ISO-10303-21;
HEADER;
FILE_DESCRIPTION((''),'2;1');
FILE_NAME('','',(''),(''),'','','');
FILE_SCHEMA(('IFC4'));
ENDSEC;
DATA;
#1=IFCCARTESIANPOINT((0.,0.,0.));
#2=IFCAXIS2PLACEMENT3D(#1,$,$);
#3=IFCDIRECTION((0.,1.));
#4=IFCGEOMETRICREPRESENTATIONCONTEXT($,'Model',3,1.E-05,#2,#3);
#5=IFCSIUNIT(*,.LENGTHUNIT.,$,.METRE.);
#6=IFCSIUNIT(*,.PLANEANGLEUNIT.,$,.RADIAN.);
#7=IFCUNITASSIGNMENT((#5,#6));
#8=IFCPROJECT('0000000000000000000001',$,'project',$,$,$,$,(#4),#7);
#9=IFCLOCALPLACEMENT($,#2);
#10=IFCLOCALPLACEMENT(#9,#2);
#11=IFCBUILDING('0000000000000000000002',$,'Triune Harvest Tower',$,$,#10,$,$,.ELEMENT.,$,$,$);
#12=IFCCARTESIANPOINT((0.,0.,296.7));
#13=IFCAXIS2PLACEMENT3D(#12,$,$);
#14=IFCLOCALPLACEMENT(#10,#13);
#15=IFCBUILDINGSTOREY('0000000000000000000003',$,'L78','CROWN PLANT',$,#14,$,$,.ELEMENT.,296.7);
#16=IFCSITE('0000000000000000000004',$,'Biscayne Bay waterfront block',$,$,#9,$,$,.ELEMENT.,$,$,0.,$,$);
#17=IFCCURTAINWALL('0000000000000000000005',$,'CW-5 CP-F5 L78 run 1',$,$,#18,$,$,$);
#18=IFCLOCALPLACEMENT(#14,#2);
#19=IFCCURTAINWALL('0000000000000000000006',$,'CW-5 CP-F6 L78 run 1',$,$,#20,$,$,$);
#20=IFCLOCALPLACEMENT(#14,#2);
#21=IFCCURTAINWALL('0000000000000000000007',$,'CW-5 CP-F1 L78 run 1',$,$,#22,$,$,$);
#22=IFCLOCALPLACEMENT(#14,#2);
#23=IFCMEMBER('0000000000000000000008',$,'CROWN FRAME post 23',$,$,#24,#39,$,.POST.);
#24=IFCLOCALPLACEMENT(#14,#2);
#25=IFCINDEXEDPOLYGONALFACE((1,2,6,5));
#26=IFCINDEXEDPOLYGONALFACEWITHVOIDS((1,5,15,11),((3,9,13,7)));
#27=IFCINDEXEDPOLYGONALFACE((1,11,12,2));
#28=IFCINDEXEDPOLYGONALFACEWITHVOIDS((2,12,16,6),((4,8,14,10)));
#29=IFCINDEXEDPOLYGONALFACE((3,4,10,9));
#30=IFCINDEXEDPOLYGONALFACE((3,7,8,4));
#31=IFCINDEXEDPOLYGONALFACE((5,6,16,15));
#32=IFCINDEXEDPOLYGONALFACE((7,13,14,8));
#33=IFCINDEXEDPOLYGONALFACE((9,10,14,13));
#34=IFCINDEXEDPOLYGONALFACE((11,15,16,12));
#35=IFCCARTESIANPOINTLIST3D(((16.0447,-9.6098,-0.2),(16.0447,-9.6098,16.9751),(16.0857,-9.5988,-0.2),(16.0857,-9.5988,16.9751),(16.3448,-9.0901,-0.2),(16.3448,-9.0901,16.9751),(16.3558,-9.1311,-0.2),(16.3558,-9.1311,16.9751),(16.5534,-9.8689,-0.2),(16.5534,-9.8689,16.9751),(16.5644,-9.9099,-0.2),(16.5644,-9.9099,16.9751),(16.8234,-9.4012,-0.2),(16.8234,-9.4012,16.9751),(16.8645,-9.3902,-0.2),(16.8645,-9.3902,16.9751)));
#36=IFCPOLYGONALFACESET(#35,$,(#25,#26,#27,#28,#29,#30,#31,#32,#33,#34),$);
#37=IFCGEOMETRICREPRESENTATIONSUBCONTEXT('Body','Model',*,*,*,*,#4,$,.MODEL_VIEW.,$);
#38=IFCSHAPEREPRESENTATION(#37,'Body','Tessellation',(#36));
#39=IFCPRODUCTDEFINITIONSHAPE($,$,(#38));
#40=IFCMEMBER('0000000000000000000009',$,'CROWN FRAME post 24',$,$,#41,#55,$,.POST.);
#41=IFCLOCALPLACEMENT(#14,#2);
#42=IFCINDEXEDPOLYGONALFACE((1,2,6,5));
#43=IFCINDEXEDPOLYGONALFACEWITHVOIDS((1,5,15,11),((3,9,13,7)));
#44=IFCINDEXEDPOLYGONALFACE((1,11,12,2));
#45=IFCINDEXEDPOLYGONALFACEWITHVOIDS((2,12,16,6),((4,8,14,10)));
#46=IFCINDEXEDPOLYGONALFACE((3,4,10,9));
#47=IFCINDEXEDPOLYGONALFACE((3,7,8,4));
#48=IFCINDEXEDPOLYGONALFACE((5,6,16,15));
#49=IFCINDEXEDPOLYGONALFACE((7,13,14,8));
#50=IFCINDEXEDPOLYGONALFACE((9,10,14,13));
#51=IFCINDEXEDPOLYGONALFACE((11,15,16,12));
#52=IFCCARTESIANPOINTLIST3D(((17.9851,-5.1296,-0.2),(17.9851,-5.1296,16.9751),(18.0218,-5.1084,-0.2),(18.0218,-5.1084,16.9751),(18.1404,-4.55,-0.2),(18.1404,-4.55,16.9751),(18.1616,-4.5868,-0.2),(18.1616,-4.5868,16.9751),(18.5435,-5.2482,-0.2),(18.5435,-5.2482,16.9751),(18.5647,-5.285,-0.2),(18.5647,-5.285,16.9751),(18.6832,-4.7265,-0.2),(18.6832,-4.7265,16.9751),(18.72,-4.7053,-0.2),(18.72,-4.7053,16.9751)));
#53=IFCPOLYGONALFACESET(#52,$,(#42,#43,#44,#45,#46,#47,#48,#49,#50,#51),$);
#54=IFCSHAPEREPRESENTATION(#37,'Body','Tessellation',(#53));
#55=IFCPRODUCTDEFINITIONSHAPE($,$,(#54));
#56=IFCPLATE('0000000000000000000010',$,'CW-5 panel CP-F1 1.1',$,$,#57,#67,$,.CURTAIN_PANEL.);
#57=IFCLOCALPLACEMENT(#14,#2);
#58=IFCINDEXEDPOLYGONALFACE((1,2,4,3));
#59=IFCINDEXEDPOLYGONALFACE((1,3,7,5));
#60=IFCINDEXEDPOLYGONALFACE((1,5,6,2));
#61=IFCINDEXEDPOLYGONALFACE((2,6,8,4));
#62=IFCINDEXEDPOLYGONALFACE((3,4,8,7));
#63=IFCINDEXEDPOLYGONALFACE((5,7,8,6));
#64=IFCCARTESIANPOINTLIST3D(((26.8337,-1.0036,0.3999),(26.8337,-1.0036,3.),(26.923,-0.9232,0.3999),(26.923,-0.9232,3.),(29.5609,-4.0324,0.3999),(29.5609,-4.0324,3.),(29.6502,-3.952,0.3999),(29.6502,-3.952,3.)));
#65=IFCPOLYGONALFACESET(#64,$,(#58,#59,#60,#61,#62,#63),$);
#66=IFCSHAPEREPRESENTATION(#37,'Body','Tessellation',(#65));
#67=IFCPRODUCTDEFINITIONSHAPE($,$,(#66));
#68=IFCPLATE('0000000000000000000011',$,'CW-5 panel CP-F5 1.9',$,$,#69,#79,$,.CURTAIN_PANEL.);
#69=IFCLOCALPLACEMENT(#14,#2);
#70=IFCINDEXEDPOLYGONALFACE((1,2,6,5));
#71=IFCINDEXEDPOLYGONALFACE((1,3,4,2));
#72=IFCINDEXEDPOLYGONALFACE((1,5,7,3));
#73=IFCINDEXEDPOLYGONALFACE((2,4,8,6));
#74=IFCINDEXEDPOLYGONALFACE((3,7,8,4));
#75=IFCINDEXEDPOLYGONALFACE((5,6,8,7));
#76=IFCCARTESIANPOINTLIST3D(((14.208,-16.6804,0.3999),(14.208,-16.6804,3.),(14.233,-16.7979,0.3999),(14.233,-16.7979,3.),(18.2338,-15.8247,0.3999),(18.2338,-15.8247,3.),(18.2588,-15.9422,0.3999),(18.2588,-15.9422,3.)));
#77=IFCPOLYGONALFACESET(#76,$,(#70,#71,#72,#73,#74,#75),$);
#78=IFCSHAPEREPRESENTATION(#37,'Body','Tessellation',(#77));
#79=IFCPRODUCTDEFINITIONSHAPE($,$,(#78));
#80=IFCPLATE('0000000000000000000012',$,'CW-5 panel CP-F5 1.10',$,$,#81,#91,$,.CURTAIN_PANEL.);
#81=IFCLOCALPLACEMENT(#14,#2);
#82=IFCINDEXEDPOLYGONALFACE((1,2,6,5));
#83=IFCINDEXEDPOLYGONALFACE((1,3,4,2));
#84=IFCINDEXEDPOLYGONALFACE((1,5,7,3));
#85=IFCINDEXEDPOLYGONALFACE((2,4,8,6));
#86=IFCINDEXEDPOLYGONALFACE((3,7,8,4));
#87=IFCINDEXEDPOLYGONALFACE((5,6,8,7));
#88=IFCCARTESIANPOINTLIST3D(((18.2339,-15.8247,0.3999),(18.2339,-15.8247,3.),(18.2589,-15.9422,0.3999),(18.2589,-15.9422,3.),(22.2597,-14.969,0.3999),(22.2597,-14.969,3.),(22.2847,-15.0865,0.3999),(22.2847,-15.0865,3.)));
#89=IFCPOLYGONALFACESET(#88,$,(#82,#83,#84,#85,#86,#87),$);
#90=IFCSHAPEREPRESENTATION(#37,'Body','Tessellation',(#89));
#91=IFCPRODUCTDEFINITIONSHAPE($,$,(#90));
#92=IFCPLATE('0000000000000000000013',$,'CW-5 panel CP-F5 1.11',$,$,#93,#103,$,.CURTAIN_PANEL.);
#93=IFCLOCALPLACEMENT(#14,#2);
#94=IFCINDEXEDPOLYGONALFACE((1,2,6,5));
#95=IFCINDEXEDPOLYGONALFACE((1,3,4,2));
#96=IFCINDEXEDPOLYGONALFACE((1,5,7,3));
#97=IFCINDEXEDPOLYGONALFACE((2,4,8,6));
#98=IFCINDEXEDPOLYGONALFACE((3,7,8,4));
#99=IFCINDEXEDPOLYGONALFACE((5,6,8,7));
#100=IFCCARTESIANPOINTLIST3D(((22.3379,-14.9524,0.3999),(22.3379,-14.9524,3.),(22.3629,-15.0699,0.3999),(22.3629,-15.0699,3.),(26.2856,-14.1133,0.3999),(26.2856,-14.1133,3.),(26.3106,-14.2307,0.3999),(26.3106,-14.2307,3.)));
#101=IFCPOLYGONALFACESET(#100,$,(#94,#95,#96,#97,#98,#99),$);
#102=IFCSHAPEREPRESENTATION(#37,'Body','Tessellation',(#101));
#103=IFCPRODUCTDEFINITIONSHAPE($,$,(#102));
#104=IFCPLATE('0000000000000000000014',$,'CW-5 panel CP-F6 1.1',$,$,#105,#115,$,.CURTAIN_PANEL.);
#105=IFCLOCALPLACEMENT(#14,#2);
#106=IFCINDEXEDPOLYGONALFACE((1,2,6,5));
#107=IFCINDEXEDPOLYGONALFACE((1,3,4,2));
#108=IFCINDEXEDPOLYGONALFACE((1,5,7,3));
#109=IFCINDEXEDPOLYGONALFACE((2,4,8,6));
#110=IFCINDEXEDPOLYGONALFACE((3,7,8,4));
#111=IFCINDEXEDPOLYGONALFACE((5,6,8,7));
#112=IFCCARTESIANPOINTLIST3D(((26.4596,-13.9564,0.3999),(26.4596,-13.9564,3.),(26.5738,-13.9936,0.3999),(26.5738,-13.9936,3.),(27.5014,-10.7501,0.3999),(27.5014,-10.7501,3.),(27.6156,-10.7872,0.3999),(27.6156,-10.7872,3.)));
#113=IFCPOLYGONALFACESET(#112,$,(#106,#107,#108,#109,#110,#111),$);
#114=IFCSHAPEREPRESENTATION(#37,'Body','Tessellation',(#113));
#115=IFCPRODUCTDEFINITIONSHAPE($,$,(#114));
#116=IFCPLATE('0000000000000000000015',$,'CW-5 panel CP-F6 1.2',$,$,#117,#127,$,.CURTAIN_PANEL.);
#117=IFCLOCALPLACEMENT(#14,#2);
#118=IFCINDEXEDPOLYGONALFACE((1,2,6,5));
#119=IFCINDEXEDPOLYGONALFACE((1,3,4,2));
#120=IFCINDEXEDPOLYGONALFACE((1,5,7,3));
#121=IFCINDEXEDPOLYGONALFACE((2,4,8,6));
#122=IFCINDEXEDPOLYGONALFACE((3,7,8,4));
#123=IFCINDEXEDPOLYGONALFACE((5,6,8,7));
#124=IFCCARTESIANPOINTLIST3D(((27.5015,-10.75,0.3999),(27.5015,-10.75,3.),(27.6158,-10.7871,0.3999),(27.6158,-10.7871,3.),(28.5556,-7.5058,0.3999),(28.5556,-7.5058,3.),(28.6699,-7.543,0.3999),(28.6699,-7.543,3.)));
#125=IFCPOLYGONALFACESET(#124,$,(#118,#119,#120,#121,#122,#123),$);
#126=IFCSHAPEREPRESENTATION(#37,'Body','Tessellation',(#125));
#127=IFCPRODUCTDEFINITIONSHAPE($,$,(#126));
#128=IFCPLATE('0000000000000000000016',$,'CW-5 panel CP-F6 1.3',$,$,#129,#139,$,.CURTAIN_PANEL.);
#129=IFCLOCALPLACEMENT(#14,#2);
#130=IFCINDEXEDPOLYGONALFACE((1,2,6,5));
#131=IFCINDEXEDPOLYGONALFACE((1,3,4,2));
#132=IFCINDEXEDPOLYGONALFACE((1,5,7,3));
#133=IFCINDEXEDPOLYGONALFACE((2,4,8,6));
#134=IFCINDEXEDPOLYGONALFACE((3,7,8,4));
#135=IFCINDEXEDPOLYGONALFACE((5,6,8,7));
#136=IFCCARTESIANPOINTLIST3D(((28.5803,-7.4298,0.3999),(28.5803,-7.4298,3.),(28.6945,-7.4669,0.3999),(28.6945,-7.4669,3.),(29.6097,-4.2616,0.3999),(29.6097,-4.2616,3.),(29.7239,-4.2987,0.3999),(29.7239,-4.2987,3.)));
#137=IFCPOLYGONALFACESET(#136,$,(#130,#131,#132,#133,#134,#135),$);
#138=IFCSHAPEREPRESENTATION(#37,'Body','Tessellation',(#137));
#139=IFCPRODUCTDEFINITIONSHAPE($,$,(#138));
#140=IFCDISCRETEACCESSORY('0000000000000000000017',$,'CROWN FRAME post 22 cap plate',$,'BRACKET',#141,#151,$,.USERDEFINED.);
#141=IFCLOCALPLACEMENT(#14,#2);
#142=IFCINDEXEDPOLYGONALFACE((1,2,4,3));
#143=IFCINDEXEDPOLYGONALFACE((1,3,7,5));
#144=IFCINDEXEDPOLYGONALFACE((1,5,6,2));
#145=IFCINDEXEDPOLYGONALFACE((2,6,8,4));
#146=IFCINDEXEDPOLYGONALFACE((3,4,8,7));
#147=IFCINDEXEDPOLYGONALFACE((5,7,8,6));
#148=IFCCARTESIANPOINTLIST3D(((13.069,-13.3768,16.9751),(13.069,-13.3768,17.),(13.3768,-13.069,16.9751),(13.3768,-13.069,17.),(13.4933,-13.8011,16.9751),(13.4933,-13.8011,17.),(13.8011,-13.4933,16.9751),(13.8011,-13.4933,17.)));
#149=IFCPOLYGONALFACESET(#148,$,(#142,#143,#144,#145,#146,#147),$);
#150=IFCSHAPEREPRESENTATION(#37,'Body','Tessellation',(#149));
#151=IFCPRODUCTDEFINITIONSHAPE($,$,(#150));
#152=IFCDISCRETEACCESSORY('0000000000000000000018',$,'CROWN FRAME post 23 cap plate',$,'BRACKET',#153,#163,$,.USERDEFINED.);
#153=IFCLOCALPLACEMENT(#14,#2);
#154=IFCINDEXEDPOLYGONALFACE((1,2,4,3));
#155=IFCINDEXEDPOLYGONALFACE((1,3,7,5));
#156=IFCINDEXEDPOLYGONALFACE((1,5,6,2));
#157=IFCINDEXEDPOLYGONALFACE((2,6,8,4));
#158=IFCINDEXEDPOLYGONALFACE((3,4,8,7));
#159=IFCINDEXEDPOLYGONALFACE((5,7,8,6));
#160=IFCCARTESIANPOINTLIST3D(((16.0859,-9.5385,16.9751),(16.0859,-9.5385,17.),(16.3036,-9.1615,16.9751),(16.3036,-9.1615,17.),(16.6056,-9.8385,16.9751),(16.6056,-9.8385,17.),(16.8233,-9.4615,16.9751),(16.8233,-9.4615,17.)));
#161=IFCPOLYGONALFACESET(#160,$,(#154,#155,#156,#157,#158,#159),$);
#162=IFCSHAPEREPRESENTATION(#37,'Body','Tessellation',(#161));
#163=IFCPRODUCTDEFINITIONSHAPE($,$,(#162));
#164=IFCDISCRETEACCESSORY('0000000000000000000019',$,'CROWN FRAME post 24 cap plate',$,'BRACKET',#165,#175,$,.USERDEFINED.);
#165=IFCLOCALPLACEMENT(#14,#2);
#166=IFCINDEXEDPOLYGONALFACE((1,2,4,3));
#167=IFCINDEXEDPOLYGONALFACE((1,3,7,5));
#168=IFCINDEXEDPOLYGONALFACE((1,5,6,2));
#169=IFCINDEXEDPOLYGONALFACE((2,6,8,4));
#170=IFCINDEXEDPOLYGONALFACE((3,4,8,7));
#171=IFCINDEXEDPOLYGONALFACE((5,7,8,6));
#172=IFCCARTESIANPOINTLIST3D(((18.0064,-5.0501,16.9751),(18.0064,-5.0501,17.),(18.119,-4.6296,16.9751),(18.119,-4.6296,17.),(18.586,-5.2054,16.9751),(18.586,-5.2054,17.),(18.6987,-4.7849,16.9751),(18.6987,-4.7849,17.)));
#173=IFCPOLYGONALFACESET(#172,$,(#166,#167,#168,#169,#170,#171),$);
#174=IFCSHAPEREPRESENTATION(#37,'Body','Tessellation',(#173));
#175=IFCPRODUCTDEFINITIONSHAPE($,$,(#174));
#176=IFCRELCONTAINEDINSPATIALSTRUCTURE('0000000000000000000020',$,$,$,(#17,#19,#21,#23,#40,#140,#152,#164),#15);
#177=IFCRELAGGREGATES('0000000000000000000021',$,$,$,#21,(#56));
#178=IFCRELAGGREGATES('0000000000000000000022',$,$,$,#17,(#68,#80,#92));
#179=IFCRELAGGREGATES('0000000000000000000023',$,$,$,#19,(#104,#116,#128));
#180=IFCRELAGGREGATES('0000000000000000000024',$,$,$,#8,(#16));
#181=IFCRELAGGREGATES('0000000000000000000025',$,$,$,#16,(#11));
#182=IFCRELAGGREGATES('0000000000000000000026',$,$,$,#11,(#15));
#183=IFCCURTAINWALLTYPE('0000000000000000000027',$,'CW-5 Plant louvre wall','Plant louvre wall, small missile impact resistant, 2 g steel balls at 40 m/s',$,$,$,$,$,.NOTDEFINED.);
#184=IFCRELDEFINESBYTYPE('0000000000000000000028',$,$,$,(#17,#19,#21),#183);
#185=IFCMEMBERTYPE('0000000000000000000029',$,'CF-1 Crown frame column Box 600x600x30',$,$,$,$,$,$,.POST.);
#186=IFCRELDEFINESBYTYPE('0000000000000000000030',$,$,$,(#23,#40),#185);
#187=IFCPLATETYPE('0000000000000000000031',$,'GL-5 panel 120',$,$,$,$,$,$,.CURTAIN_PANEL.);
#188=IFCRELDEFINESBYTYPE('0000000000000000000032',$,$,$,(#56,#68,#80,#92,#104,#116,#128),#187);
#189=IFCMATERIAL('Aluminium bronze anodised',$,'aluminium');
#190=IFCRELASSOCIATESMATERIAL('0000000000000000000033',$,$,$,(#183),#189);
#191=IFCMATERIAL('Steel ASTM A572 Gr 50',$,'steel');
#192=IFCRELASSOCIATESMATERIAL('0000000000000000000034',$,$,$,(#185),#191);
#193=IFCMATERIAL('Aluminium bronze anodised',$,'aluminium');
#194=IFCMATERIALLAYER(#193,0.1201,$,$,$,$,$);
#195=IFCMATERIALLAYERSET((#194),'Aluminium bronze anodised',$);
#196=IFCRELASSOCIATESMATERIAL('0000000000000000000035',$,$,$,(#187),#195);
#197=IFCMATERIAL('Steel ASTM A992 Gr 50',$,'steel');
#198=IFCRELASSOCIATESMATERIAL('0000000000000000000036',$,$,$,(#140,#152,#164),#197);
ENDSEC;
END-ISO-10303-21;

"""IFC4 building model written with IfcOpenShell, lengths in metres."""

from ifc_helpers import new_model, si_unit, direction, frame, origin, origin_2d, place, context, subcontext, project, spatial, rectangle, hollow_rectangle, extrude, source, transform, mapped, material, layer, layer_set, material_profile, profile_set, type_object, element, aggregate, save


model = new_model("IFC4")

# Units and contexts
model_context = context("Model", 3, precision=1e-05, world=origin(), true_north=direction((0.0, 1.0)))
body_context = subcontext(model_context, "Body", "Model", "MODEL_VIEW")
ifc_project = project(units=[si_unit("LENGTHUNIT", "METRE"), si_unit("PLANEANGLEUNIT", "RADIAN")], contexts=[model_context])

# Site, building, storey
site_placement = place(None, origin())
site = spatial("IfcSite", under=ifc_project, at=site_placement, Name="Biscayne Bay waterfront block", CompositionType="ELEMENT", RefElevation=0.0)
building_placement = place(site_placement, origin())
building = spatial("IfcBuilding", under=site, at=building_placement, Name="Triune Harvest Tower", CompositionType="ELEMENT")
storey_placement = place(building_placement, frame((0.0, 0.0, 296.7)))
storey = spatial("IfcBuildingStorey", under=building, at=storey_placement, Name="L78", Description="CROWN PLANT", CompositionType="ELEMENT", Elevation=296.7)

# Curtain walls
ifc_material_1 = material(Name="Aluminium bronze anodised", Category="aluminium")
curtain_wall_type = type_object("IfcCurtainWallType", Name="CW-5 Plant louvre wall", Description="Plant louvre wall, small missile impact resistant, 2 g steel balls at 40 m/s", PredefinedType="NOTDEFINED", material=ifc_material_1)
curtain_wall_1_placement = place(storey_placement, origin())
curtain_wall_1 = element("IfcCurtainWall", 1, at=curtain_wall_1_placement, inside=storey, type_object=curtain_wall_type, Name="CW-5 CP-F5 L78 run 1")
curtain_wall_2_placement = place(storey_placement, origin())
curtain_wall_2 = element("IfcCurtainWall", 2, at=curtain_wall_2_placement, inside=storey, type_object=curtain_wall_type, Name="CW-5 CP-F6 L78 run 1")

# Curtain wall
curtain_wall_3_placement = place(storey_placement, origin())
curtain_wall_3 = element("IfcCurtainWall", 3, at=curtain_wall_3_placement, inside=storey, type_object=curtain_wall_type, Name="CW-5 CP-F1 L78 run 1")

# Members
ifc_material_2 = material(Name="Steel ASTM A572 Gr 50", Category="steel")
ifc_material_profile_1 = material_profile(ifc_material_2, hollow_rectangle(XDim=0.6001, YDim=0.6001, WallThickness=0.03, at=origin_2d()), Name="Box 600x600x30")
ifc_profile_set_1 = profile_set([ifc_material_profile_1], Name="Steel ASTM A572 Gr 50")
member_type_1 = type_object("IfcMemberType", Name="CF-1 Crown frame column Box 600x600x30", PredefinedType="POST", material=ifc_profile_set_1)
shared_shape_1 = source(origin(), body_context, "Body", "SweptSolid", [
    extrude(hollow_rectangle(XDim=0.6001, YDim=0.6001, WallThickness=0.03, at=origin_2d()), origin(), (0.0, 0.0, 1.0), 17.175),
])
for number, where, z_axis, x_axis, name in (
    (4, (16.4546, -9.5, -0.2), (0.0, 0.0, 1.0), (0.5, 0.866025, 0.0), "CROWN FRAME post 23"),
    (5, (18.3525, -4.9175, -0.2), (0.0, 0.0, 1.0), (0.258819, 0.965926, 0.0), "CROWN FRAME post 24"),
):
    element("IfcMember", number, at=place(storey_placement, frame(where, z_axis=z_axis, x_axis=x_axis)), inside=storey, type_object=member_type_1, Name=name, PredefinedType="POST", context=body_context, shape_type="MappedRepresentation", body=[
        mapped(shared_shape_1, transform((0.0, 0.0, 0.0), scale=1.0)),
    ])

# Plates
ifc_material_3 = material(Name="Aluminium bronze anodised", Category="aluminium")
ifc_layer = layer(ifc_material_3, 0.1201)
ifc_layer_set = layer_set([ifc_layer], Name="Aluminium bronze anodised")
plate_type = type_object("IfcPlateType", Name="GL-5 panel 120", PredefinedType="CURTAIN_PANEL", material=ifc_layer_set)
shared_shape_2 = source(origin(), body_context, "Body", "SweptSolid", [
    extrude(rectangle(XDim=4.0757, YDim=0.1201, at=origin_2d()), origin(), (0.0, 0.0, 1.0), 2.6001),
])
plate_1_placement = place(storey_placement, frame((28.2419, -2.4778, 0.3999), z_axis=(0.0, 0.0, 1.0), x_axis=(-0.669131, 0.743144, 0.0)))
plate_1 = element("IfcPlate", 6, at=plate_1_placement, type_object=plate_type, Name="CW-5 panel CP-F1 1.1", PredefinedType="CURTAIN_PANEL", context=body_context, shape_type="MappedRepresentation", body=[
    mapped(shared_shape_2, transform((0.0, 0.0, 0.0), scale=1.0)),
])
aggregate(curtain_wall_3, [plate_1])
shared_shape_3 = source(origin(), body_context, "Body", "SweptSolid", [
    extrude(rectangle(XDim=4.1157, YDim=0.1201, at=origin_2d()), origin(), (0.0, 0.0, 1.0), 2.6001),
])
plate_2_placement = place(storey_placement, frame((16.2334, -16.3113, 0.3999), z_axis=(0.0, 0.0, 1.0), x_axis=(0.978148, 0.207911, 0.0)))
plate_2 = element("IfcPlate", 7, at=plate_2_placement, type_object=plate_type, Name="CW-5 panel CP-F5 1.9", PredefinedType="CURTAIN_PANEL", context=body_context, shape_type="MappedRepresentation", body=[
    mapped(shared_shape_3, transform((0.0, 0.0, 0.0), scale=1.0)),
])
plate_3_placement = place(storey_placement, frame((20.2593, -15.4556, 0.3999), z_axis=(0.0, 0.0, 1.0), x_axis=(0.978148, 0.207911, 0.0)))
plate_3 = element("IfcPlate", 8, at=plate_3_placement, type_object=plate_type, Name="CW-5 panel CP-F5 1.10", PredefinedType="CURTAIN_PANEL", context=body_context, shape_type="MappedRepresentation", body=[
    mapped(shared_shape_3, transform((0.0, 0.0, 0.0), scale=1.0)),
])
shared_shape_4 = source(origin(), body_context, "Body", "SweptSolid", [
    extrude(rectangle(XDim=4.0359, YDim=0.1201, at=origin_2d()), origin(), (0.0, 0.0, 1.0), 2.6001),
])
plate_4_placement = place(storey_placement, frame((24.3242, -14.5916, 0.3999), z_axis=(0.0, 0.0, 1.0), x_axis=(0.978148, 0.207911, 0.0)))
plate_4 = element("IfcPlate", 9, at=plate_4_placement, type_object=plate_type, Name="CW-5 panel CP-F5 1.11", PredefinedType="CURTAIN_PANEL", context=body_context, shape_type="MappedRepresentation", body=[
    mapped(shared_shape_4, transform((0.0, 0.0, 0.0), scale=1.0)),
])
aggregate(curtain_wall_1, [plate_2, plate_3, plate_4])
shared_shape_5 = source(origin(), body_context, "Body", "SweptSolid", [
    extrude(rectangle(XDim=3.3713, YDim=0.1201, at=origin_2d()), origin(), (0.0, 0.0, 1.0), 2.6001),
])
plate_5_placement = place(storey_placement, frame((27.0376, -12.3718, 0.3999), z_axis=(0.0, 0.0, 1.0), x_axis=(0.309019, 0.951056, 0.0)))
plate_5 = element("IfcPlate", 10, at=plate_5_placement, type_object=plate_type, Name="CW-5 panel CP-F6 1.1", PredefinedType="CURTAIN_PANEL", context=body_context, shape_type="MappedRepresentation", body=[
    mapped(shared_shape_5, transform((0.0, 0.0, 0.0), scale=1.0)),
])
shared_shape_6 = source(origin(), body_context, "Body", "SweptSolid", [
    extrude(rectangle(XDim=3.4111, YDim=0.1201, at=origin_2d()), origin(), (0.0, 0.0, 1.0), 2.6001),
])
plate_6_placement = place(storey_placement, frame((28.0857, -9.1465, 0.3999), z_axis=(0.0, 0.0, 1.0), x_axis=(0.309019, 0.951056, 0.0)))
plate_6 = element("IfcPlate", 11, at=plate_6_placement, type_object=plate_type, Name="CW-5 panel CP-F6 1.2", PredefinedType="CURTAIN_PANEL", context=body_context, shape_type="MappedRepresentation", body=[
    mapped(shared_shape_6, transform((0.0, 0.0, 0.0), scale=1.0)),
])
shared_shape_7 = source(origin(), body_context, "Body", "SweptSolid", [
    extrude(rectangle(XDim=3.3313, YDim=0.1201, at=origin_2d()), origin(), (0.0, 0.0, 1.0), 2.6001),
])
plate_7_placement = place(storey_placement, frame((29.1521, -5.8643, 0.3999), z_axis=(0.0, 0.0, 1.0), x_axis=(0.309019, 0.951056, 0.0)))
plate_7 = element("IfcPlate", 12, at=plate_7_placement, type_object=plate_type, Name="CW-5 panel CP-F6 1.3", PredefinedType="CURTAIN_PANEL", context=body_context, shape_type="MappedRepresentation", body=[
    mapped(shared_shape_7, transform((0.0, 0.0, 0.0), scale=1.0)),
])
aggregate(curtain_wall_2, [plate_5, plate_6, plate_7])

# Discrete accessories
ifc_material_4 = material(Name="Steel ASTM A992 Gr 50", Category="steel")
shared_shape_8 = source(origin(), body_context, "Body", "SweptSolid", [
    extrude(rectangle(XDim=0.6001, YDim=0.4353, at=origin_2d()), origin(), (0.0, 0.0, 1.0), 0.0249),
])
for number, where, z_axis, x_axis, name in (
    (13, (13.4351, -13.4351, 16.9751), (0.0, 0.0, 1.0), (0.707107, -0.707107, 0.0), "CROWN FRAME post 22 cap plate"),
    (14, (16.4546, -9.5, 16.9751), (0.0, 0.0, 1.0), (0.866025, -0.5, 0.0), "CROWN FRAME post 23 cap plate"),
    (15, (18.3525, -4.9175, 16.9751), (0.0, 0.0, 1.0), (0.965926, -0.258819, 0.0), "CROWN FRAME post 24 cap plate"),
):
    element("IfcDiscreteAccessory", number, at=place(storey_placement, frame(where, z_axis=z_axis, x_axis=x_axis)), inside=storey, material=ifc_material_4, Name=name, ObjectType="BRACKET", PredefinedType="USERDEFINED", context=body_context, shape_type="MappedRepresentation", body=[
        mapped(shared_shape_8, transform((0.0, 0.0, 0.0), scale=1.0)),
    ])

save(model, "model.ifc")
